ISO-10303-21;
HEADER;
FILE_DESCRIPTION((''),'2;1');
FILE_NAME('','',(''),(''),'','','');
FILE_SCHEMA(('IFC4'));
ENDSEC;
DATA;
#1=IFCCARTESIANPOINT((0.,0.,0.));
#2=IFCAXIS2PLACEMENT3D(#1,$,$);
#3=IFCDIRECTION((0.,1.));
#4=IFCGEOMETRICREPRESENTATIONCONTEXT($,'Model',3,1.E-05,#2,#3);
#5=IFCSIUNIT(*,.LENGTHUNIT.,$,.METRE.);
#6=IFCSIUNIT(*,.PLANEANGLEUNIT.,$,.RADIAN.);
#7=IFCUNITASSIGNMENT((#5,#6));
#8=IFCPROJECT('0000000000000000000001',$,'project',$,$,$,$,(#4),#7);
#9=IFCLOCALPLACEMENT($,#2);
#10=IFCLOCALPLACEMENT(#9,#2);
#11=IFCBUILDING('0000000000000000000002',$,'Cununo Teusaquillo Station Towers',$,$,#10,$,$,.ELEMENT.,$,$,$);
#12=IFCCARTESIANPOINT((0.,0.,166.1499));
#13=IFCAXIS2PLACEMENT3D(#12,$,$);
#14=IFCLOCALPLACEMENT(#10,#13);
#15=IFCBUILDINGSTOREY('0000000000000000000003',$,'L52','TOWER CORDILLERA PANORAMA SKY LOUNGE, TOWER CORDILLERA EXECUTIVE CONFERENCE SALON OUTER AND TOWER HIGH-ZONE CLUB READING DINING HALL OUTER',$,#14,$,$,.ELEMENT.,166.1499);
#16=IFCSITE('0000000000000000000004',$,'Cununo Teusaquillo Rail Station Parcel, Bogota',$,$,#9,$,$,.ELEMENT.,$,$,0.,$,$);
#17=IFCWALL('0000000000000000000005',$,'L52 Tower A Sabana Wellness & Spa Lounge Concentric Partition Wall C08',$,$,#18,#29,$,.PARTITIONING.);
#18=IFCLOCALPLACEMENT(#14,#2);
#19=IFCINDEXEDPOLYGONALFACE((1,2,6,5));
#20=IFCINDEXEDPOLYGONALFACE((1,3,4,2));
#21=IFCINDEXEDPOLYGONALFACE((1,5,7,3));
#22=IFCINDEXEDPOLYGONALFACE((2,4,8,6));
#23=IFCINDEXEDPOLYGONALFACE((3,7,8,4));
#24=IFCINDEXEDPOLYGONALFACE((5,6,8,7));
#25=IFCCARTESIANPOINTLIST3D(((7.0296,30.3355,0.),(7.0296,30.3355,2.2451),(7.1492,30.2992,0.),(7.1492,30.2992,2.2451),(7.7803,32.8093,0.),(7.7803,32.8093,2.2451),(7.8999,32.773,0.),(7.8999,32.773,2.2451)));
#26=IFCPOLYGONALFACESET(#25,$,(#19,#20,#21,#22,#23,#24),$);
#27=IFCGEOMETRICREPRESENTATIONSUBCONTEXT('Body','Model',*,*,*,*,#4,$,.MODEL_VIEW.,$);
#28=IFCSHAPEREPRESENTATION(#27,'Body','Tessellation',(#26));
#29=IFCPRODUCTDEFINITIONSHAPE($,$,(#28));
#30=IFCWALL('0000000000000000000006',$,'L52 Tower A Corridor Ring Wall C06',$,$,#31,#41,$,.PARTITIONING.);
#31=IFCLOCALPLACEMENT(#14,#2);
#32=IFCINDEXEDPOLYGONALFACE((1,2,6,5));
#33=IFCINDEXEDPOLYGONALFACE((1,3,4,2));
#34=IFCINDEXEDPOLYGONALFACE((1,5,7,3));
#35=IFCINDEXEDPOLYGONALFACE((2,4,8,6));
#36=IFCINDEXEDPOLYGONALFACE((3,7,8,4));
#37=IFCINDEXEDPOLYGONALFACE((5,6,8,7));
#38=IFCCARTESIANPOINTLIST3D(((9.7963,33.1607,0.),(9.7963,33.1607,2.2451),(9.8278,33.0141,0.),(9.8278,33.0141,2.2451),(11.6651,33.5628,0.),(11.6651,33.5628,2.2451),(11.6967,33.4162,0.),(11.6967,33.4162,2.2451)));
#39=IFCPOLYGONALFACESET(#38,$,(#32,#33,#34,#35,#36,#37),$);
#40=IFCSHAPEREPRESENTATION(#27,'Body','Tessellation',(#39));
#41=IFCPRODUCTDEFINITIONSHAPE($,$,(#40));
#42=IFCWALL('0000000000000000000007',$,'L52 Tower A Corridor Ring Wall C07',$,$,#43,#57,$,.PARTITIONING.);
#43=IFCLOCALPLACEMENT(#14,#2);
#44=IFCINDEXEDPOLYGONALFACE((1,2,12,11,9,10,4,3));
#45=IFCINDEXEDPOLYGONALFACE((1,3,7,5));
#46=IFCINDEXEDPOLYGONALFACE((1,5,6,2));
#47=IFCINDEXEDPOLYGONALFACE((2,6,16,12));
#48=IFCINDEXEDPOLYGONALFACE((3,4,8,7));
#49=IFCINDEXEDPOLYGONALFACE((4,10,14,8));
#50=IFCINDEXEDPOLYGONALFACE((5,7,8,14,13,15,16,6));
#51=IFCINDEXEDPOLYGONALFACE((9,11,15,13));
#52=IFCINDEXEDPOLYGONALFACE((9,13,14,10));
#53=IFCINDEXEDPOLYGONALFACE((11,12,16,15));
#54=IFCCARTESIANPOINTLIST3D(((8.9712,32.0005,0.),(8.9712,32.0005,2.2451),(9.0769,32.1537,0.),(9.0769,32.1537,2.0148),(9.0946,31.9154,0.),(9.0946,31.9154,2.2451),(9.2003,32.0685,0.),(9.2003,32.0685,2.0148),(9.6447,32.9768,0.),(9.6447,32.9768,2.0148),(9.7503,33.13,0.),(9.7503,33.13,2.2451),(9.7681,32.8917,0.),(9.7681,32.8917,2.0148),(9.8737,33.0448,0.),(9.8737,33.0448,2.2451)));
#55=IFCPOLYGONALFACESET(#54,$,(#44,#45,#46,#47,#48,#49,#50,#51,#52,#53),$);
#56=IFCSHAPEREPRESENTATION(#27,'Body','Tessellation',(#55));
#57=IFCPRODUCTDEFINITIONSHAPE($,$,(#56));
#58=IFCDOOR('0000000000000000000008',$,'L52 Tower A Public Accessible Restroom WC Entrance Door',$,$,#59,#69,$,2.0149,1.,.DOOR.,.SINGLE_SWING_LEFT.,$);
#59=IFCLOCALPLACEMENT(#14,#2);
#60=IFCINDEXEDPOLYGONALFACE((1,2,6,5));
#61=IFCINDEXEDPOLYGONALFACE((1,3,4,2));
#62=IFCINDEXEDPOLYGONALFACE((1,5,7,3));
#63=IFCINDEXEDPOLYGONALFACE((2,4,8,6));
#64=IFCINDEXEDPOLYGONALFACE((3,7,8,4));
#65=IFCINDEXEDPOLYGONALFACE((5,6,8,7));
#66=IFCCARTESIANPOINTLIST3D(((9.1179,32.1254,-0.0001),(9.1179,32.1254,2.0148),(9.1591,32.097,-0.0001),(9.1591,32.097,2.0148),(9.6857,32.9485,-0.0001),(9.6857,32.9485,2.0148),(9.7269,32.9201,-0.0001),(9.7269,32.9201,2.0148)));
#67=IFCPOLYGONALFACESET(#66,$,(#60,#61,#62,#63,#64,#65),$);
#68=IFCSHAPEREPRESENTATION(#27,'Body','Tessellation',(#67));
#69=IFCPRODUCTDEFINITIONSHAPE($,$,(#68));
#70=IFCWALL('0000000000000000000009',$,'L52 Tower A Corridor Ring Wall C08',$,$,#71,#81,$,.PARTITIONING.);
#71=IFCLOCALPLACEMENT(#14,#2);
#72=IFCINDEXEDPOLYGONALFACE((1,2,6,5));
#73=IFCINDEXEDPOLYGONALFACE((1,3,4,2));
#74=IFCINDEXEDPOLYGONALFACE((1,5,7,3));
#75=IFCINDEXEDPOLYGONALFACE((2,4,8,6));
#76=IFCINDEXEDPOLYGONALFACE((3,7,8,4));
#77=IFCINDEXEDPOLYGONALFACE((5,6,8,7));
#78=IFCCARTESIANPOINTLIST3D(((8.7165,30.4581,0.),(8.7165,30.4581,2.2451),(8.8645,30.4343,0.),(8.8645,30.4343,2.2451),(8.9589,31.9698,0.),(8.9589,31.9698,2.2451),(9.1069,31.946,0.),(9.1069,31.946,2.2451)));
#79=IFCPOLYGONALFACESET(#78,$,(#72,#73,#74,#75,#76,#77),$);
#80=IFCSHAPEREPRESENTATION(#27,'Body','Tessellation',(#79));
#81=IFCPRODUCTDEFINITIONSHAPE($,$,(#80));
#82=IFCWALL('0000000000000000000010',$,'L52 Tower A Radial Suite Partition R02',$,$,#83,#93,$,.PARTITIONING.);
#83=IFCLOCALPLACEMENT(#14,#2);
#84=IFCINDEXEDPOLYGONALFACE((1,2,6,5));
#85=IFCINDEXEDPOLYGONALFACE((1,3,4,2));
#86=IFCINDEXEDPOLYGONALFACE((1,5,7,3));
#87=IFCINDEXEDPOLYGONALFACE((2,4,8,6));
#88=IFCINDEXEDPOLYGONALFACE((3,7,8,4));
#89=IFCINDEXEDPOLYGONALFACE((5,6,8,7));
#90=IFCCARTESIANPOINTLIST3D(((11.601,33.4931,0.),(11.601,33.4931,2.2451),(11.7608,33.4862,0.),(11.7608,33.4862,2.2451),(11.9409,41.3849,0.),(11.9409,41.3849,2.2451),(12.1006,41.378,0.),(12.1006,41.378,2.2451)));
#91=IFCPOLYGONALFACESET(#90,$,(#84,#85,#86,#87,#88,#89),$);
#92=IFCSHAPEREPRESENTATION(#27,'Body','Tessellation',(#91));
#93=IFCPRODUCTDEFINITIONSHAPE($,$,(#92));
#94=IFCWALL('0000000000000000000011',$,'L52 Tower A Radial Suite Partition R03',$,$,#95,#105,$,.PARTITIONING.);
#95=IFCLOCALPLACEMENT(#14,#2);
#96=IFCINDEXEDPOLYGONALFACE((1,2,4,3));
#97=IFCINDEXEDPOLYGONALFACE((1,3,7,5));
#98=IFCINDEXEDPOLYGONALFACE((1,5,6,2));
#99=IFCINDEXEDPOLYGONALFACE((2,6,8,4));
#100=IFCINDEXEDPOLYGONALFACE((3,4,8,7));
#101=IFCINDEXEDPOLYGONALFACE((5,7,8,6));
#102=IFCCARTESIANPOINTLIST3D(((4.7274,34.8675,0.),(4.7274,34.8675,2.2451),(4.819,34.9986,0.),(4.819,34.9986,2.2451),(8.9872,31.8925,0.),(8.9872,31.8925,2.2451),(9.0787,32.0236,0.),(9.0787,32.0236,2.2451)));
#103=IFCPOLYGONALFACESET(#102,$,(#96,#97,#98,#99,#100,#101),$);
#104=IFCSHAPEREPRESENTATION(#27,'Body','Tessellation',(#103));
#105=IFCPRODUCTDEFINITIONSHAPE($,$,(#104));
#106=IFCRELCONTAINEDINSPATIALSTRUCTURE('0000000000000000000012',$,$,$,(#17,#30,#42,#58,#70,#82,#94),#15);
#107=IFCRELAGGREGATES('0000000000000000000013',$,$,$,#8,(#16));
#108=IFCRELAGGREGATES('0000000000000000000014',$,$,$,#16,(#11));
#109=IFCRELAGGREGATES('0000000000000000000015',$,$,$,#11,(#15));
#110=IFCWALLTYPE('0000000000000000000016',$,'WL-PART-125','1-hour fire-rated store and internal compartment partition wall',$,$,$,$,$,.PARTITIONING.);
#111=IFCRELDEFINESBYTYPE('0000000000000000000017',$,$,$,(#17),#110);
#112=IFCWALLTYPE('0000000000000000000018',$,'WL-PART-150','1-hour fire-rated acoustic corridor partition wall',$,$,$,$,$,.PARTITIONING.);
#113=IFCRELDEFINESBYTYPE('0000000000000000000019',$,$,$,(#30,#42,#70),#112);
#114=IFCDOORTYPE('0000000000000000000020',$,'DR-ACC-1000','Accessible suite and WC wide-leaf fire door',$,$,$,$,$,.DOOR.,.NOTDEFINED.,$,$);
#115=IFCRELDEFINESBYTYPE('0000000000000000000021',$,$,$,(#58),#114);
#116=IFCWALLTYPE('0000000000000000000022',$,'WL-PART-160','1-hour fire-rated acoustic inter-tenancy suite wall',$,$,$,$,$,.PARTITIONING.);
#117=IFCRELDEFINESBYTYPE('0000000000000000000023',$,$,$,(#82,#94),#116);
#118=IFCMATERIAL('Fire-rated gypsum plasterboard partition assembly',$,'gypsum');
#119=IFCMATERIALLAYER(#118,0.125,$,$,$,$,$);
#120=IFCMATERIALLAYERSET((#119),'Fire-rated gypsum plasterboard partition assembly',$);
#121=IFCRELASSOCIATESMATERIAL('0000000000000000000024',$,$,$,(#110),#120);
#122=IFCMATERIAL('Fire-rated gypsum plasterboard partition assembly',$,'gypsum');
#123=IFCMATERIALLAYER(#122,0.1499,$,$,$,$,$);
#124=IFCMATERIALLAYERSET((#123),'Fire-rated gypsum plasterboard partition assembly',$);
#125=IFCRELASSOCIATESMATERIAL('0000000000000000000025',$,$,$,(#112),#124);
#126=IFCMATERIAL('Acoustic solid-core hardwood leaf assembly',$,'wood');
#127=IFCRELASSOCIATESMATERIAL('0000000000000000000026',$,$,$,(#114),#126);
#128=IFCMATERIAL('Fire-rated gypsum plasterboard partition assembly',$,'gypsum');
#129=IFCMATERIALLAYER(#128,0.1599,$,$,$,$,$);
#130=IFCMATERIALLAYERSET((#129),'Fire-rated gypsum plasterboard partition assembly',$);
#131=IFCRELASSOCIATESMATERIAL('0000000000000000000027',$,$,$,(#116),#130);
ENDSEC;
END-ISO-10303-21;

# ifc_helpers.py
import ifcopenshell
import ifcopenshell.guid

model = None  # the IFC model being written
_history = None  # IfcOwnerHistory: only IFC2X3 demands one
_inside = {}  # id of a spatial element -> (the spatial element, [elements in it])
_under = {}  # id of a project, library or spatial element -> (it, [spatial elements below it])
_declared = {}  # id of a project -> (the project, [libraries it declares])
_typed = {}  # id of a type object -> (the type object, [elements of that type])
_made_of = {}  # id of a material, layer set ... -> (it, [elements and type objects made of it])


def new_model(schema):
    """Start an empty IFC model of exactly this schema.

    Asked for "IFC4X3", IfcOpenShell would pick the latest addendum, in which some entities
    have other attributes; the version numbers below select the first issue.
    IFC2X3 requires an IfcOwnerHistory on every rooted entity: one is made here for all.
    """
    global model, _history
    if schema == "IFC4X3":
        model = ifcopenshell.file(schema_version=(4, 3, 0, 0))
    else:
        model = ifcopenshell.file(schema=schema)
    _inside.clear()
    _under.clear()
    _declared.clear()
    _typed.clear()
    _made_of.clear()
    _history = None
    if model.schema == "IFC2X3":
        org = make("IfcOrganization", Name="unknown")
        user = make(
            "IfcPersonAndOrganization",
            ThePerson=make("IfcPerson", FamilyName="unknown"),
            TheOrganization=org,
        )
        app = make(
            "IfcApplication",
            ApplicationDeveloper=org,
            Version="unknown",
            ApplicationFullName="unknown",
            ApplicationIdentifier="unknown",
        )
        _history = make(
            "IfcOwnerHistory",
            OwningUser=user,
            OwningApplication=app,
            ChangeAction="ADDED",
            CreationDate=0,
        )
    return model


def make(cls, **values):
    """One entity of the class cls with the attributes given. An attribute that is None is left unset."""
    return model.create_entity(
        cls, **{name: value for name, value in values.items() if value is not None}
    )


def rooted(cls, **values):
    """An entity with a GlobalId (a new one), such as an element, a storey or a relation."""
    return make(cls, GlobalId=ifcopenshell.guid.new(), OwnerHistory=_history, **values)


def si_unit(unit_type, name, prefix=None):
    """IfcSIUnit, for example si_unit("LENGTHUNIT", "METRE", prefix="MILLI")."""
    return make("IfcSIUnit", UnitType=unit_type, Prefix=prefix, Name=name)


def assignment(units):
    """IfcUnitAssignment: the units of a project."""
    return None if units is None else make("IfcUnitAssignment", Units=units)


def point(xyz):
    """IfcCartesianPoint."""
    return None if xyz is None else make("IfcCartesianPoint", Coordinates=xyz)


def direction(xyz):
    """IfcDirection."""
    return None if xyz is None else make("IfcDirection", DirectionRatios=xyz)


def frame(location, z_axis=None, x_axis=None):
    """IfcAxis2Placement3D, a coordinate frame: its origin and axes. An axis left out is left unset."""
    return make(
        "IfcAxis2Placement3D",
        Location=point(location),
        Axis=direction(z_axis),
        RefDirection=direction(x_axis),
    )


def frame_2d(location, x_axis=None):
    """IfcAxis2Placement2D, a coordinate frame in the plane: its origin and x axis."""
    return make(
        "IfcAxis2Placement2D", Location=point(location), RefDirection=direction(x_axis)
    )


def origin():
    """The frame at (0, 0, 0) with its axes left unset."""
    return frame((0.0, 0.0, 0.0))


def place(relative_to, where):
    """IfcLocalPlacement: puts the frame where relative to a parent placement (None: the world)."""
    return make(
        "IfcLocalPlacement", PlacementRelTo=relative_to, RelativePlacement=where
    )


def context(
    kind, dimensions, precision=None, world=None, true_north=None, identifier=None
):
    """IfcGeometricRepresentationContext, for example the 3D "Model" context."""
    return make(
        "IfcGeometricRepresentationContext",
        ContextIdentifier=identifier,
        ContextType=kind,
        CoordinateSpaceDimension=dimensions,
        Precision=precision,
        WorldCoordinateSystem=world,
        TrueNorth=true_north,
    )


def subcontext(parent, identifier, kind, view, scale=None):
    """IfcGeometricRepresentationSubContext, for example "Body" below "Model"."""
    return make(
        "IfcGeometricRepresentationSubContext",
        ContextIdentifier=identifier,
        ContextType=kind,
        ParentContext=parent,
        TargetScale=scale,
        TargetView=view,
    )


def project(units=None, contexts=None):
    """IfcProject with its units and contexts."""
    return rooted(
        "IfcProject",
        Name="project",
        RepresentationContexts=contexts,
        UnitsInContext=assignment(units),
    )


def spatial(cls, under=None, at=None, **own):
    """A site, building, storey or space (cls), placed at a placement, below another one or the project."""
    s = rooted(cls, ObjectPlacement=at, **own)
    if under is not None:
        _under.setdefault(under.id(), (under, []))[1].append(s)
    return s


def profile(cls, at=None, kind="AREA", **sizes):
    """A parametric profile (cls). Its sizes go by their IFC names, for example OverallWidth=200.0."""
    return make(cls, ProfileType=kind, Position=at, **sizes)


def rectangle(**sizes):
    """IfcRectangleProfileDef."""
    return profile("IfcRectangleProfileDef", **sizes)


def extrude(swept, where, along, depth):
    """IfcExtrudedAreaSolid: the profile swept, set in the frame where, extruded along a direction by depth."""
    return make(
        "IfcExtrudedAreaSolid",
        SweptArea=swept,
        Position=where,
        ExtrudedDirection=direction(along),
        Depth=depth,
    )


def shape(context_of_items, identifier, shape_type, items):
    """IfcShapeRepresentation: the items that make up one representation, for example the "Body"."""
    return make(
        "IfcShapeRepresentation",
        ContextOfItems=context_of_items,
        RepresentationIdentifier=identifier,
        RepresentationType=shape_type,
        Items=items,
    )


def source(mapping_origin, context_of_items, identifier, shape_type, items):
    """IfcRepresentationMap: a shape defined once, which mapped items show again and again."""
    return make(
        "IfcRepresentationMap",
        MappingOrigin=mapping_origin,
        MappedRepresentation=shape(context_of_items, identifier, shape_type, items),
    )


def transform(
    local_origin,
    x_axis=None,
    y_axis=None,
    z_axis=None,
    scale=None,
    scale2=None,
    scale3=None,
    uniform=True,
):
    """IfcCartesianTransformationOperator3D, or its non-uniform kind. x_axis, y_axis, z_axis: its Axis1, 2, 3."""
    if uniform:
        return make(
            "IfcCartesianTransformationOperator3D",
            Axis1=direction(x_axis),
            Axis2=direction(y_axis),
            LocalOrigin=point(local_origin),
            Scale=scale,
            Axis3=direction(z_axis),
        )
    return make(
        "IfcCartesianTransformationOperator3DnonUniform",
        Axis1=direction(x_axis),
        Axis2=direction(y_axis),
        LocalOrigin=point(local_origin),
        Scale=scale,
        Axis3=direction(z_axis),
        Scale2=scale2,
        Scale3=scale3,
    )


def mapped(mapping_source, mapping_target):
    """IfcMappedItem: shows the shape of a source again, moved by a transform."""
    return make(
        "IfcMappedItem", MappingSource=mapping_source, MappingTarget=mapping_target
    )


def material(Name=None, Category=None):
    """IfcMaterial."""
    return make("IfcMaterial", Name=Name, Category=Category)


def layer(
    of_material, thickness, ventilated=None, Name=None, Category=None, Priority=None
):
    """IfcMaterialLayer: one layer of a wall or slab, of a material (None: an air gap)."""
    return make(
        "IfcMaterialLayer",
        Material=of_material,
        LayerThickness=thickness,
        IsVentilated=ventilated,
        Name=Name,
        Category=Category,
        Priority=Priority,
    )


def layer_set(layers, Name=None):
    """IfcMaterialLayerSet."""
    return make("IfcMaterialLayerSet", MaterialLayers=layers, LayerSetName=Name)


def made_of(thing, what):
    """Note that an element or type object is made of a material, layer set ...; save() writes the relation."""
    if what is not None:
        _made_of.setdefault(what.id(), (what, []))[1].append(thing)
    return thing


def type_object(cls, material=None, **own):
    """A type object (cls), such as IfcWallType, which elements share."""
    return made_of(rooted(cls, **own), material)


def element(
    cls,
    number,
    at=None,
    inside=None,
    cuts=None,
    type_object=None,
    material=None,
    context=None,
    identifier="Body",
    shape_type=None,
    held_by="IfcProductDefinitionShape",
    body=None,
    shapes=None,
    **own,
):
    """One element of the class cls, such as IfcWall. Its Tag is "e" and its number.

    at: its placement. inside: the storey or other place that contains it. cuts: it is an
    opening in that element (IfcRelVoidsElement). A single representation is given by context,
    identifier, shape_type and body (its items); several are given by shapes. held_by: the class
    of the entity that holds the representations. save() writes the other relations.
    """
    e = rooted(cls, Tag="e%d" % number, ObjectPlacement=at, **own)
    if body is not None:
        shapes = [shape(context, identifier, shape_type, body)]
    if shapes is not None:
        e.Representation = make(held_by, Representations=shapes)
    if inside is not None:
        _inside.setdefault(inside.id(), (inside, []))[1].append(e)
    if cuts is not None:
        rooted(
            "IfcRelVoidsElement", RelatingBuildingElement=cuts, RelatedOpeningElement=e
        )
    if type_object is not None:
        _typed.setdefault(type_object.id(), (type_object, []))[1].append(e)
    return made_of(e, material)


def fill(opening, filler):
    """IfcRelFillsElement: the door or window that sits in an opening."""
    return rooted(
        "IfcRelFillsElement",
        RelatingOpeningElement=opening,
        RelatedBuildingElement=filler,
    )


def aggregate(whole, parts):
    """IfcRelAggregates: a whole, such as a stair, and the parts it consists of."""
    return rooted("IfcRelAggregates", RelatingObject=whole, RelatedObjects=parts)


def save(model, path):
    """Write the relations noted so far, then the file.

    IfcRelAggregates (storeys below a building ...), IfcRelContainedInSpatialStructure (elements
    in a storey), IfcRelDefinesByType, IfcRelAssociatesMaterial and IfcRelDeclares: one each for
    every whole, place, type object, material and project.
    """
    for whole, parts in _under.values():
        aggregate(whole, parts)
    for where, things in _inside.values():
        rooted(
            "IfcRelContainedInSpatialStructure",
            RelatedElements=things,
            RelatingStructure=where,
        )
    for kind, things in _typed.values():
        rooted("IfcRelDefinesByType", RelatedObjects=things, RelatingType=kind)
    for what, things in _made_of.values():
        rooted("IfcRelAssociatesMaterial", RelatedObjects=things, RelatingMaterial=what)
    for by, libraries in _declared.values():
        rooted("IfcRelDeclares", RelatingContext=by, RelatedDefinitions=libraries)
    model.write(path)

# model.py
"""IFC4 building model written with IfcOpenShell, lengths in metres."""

from ifc_helpers import new_model, si_unit, direction, frame, frame_2d, origin, place, context, subcontext, project, spatial, rectangle, extrude, source, transform, mapped, material, layer, layer_set, type_object, element, fill, save


model = new_model("IFC4")

# Units and contexts
model_context = context("Model", 3, precision=1e-05, world=origin(), true_north=direction((0.0, 1.0)))
body_context = subcontext(model_context, "Body", "Model", "MODEL_VIEW")
ifc_project = project(units=[si_unit("LENGTHUNIT", "METRE"), si_unit("PLANEANGLEUNIT", "RADIAN")], contexts=[model_context])

# Site, building, storey
site_placement = place(None, origin())
site = spatial("IfcSite", under=ifc_project, at=site_placement, Name="Cununo Teusaquillo Rail Station Parcel, Bogota", CompositionType="ELEMENT", RefElevation=0.0)
building_placement = place(site_placement, origin())
building = spatial("IfcBuilding", under=site, at=building_placement, Name="Cununo Teusaquillo Station Towers", CompositionType="ELEMENT")
storey_placement = place(building_placement, frame((0.0, 0.0, 166.1499)))
storey = spatial("IfcBuildingStorey", under=building, at=storey_placement, Name="L52", Description="TOWER CORDILLERA PANORAMA SKY LOUNGE, TOWER CORDILLERA EXECUTIVE CONFERENCE SALON OUTER AND TOWER HIGH-ZONE CLUB READING DINING HALL OUTER", CompositionType="ELEMENT", Elevation=166.1499)

# Walls
ifc_material_1 = material(Name="Fire-rated gypsum plasterboard partition assembly", Category="gypsum")
ifc_layer_1 = layer(ifc_material_1, 0.125)
ifc_layer_set_1 = layer_set([ifc_layer_1], Name="Fire-rated gypsum plasterboard partition assembly")
wall_type_1 = type_object("IfcWallType", Name="WL-PART-125", Description="1-hour fire-rated store and internal compartment partition wall", PredefinedType="PARTITIONING", material=ifc_layer_set_1)
wall_1_placement = place(storey_placement, frame((7.8401, 32.791, 0.0), z_axis=(0.0, 0.0, 1.0), x_axis=(-0.290387, -0.956909, 0.0)))
element("IfcWall", 1, at=wall_1_placement, inside=storey, type_object=wall_type_1, Name="L52 Tower A Sabana Wellness & Spa Lounge Concentric Partition Wall C08", PredefinedType="PARTITIONING", context=body_context, shape_type="SweptSolid", body=[
    extrude(rectangle(XDim=2.5852, YDim=0.125, at=frame_2d((1.2925, 0.0))), origin(), (0.0, 0.0, 1.0), 2.2451),
])
ifc_material_2 = material(Name="Fire-rated gypsum plasterboard partition assembly", Category="gypsum")
ifc_layer_2 = layer(ifc_material_2, 0.1499)
ifc_layer_set_2 = layer_set([ifc_layer_2], Name="Fire-rated gypsum plasterboard partition assembly")
wall_type_2 = type_object("IfcWallType", Name="WL-PART-150", Description="1-hour fire-rated acoustic corridor partition wall", PredefinedType="PARTITIONING", material=ifc_layer_set_2)
wall_2_placement = place(storey_placement, frame((11.6809, 33.4895, 0.0), z_axis=(0.0, 0.0, 1.0), x_axis=(-0.977628, -0.21034, 0.0)))
element("IfcWall", 2, at=wall_2_placement, inside=storey, type_object=wall_type_2, Name="L52 Tower A Corridor Ring Wall C06", PredefinedType="PARTITIONING", context=body_context, shape_type="SweptSolid", body=[
    extrude(rectangle(XDim=1.9116, YDim=0.1499, at=frame_2d((0.9558, 0.0))), origin(), (0.0, 0.0, 1.0), 2.2451),
])

# Wall, opening, door
wall_3_placement = place(storey_placement, frame((9.812, 33.0874, 0.0), z_axis=(0.0, 0.0, 1.0), x_axis=(-0.567812, -0.823158, 0.0)))
wall_3 = element("IfcWall", 3, at=wall_3_placement, inside=storey, type_object=wall_type_2, Name="L52 Tower A Corridor Ring Wall C07", PredefinedType="PARTITIONING", context=body_context, shape_type="SweptSolid", body=[
    extrude(rectangle(XDim=1.3721, YDim=0.1499, at=frame_2d((0.686, 0.0))), origin(), (0.0, 0.0, 1.0), 2.2451),
])
shared_shape_1 = source(origin(), body_context, "Body", "SweptSolid", [
    extrude(rectangle(XDim=1.0, YDim=2.0149, at=frame_2d((0.5, 1.0073))), frame((0.0, 0.085, 0.0), z_axis=(0.0, -1.0, 0.0), x_axis=(1.0, 0.0, 0.0)), (0.0, 0.0, 1.0), 0.1699),
])
opening_1_placement = place(wall_3_placement, frame((0.186, 0.0, 0.0)))
opening_1 = element("IfcOpeningElement", 4, at=opening_1_placement, cuts=wall_3, PredefinedType="OPENING", context=body_context, shape_type="MappedRepresentation", body=[
    mapped(shared_shape_1, transform((0.0, 0.0, 0.0), x_axis=(1.0, 0.0, 0.0), y_axis=(0.0, 1.0, 0.0), z_axis=(0.0, 0.0, 1.0), scale=1.0)),
])
ifc_material_3 = material(Name="Acoustic solid-core hardwood leaf assembly", Category="wood")
door_type = type_object("IfcDoorType", Name="DR-ACC-1000", Description="Accessible suite and WC wide-leaf fire door", OperationType="NOTDEFINED", PredefinedType="DOOR", material=ifc_material_3)
shared_shape_2 = source(origin(), body_context, "Body", "SweptSolid", [
    extrude(rectangle(XDim=1.0, YDim=2.0149, at=frame_2d((0.5, 1.0073))), frame((0.0, 0.0249, 0.0), z_axis=(0.0, -1.0, 0.0), x_axis=(1.0, 0.0, 0.0)), (0.0, 0.0, 1.0), 0.05),
])
door_placement = place(opening_1_placement, origin())
door = element("IfcDoor", 5, at=door_placement, inside=storey, type_object=door_type, Name="L52 Tower A Public Accessible Restroom WC Entrance Door", OperationType="SINGLE_SWING_LEFT", OverallHeight=2.0149, OverallWidth=1.0, PredefinedType="DOOR", context=body_context, shape_type="MappedRepresentation", body=[
    mapped(shared_shape_2, transform((0.0, 0.0, 0.0), x_axis=(1.0, 0.0, 0.0), y_axis=(0.0, 1.0, 0.0), z_axis=(0.0, 0.0, 1.0), scale=1.0)),
])
fill(opening_1, door)

# Walls
wall_4_placement = place(storey_placement, frame((9.033, 31.958, 0.0), z_axis=(0.0, 0.0, 1.0), x_axis=(-0.158345, -0.987384, 0.0)))
element("IfcWall", 6, at=wall_4_placement, inside=storey, type_object=wall_type_2, Name="L52 Tower A Corridor Ring Wall C08", PredefinedType="PARTITIONING", context=body_context, shape_type="SweptSolid", body=[
    extrude(rectangle(XDim=1.531, YDim=0.1499, at=frame_2d((0.7656, 0.0))), origin(), (0.0, 0.0, 1.0), 2.2451),
])
ifc_material_4 = material(Name="Fire-rated gypsum plasterboard partition assembly", Category="gypsum")
ifc_layer_3 = layer(ifc_material_4, 0.1599)
ifc_layer_set_3 = layer_set([ifc_layer_3], Name="Fire-rated gypsum plasterboard partition assembly")
wall_type_3 = type_object("IfcWallType", Name="WL-PART-160", Description="1-hour fire-rated acoustic inter-tenancy suite wall", PredefinedType="PARTITIONING", material=ifc_layer_set_3)
wall_5_placement = place(storey_placement, frame((11.6809, 33.4895, 0.0), z_axis=(0.0, 0.0, 1.0), x_axis=(0.043023, 0.999074, 0.0)))
element("IfcWall", 7, at=wall_5_placement, inside=storey, type_object=wall_type_3, Name="L52 Tower A Radial Suite Partition R02", PredefinedType="PARTITIONING", context=body_context, shape_type="SweptSolid", body=[
    extrude(rectangle(XDim=7.8992, YDim=0.1599, at=frame_2d((3.9497, 0.0))), origin(), (0.0, 0.0, 1.0), 2.2451),
])
wall_6_placement = place(storey_placement, frame((9.033, 31.958, 0.0), z_axis=(0.0, 0.0, 1.0), x_axis=(-0.819841, 0.572592, 0.0)))
element("IfcWall", 8, at=wall_6_placement, inside=storey, type_object=wall_type_3, Name="L52 Tower A Radial Suite Partition R03", PredefinedType="PARTITIONING", context=body_context, shape_type="SweptSolid", body=[
    extrude(rectangle(XDim=5.1958, YDim=0.1599, at=frame_2d((2.5979, 0.0))), origin(), (0.0, 0.0, 1.0), 2.2451),
])

save(model, "model.ifc")
